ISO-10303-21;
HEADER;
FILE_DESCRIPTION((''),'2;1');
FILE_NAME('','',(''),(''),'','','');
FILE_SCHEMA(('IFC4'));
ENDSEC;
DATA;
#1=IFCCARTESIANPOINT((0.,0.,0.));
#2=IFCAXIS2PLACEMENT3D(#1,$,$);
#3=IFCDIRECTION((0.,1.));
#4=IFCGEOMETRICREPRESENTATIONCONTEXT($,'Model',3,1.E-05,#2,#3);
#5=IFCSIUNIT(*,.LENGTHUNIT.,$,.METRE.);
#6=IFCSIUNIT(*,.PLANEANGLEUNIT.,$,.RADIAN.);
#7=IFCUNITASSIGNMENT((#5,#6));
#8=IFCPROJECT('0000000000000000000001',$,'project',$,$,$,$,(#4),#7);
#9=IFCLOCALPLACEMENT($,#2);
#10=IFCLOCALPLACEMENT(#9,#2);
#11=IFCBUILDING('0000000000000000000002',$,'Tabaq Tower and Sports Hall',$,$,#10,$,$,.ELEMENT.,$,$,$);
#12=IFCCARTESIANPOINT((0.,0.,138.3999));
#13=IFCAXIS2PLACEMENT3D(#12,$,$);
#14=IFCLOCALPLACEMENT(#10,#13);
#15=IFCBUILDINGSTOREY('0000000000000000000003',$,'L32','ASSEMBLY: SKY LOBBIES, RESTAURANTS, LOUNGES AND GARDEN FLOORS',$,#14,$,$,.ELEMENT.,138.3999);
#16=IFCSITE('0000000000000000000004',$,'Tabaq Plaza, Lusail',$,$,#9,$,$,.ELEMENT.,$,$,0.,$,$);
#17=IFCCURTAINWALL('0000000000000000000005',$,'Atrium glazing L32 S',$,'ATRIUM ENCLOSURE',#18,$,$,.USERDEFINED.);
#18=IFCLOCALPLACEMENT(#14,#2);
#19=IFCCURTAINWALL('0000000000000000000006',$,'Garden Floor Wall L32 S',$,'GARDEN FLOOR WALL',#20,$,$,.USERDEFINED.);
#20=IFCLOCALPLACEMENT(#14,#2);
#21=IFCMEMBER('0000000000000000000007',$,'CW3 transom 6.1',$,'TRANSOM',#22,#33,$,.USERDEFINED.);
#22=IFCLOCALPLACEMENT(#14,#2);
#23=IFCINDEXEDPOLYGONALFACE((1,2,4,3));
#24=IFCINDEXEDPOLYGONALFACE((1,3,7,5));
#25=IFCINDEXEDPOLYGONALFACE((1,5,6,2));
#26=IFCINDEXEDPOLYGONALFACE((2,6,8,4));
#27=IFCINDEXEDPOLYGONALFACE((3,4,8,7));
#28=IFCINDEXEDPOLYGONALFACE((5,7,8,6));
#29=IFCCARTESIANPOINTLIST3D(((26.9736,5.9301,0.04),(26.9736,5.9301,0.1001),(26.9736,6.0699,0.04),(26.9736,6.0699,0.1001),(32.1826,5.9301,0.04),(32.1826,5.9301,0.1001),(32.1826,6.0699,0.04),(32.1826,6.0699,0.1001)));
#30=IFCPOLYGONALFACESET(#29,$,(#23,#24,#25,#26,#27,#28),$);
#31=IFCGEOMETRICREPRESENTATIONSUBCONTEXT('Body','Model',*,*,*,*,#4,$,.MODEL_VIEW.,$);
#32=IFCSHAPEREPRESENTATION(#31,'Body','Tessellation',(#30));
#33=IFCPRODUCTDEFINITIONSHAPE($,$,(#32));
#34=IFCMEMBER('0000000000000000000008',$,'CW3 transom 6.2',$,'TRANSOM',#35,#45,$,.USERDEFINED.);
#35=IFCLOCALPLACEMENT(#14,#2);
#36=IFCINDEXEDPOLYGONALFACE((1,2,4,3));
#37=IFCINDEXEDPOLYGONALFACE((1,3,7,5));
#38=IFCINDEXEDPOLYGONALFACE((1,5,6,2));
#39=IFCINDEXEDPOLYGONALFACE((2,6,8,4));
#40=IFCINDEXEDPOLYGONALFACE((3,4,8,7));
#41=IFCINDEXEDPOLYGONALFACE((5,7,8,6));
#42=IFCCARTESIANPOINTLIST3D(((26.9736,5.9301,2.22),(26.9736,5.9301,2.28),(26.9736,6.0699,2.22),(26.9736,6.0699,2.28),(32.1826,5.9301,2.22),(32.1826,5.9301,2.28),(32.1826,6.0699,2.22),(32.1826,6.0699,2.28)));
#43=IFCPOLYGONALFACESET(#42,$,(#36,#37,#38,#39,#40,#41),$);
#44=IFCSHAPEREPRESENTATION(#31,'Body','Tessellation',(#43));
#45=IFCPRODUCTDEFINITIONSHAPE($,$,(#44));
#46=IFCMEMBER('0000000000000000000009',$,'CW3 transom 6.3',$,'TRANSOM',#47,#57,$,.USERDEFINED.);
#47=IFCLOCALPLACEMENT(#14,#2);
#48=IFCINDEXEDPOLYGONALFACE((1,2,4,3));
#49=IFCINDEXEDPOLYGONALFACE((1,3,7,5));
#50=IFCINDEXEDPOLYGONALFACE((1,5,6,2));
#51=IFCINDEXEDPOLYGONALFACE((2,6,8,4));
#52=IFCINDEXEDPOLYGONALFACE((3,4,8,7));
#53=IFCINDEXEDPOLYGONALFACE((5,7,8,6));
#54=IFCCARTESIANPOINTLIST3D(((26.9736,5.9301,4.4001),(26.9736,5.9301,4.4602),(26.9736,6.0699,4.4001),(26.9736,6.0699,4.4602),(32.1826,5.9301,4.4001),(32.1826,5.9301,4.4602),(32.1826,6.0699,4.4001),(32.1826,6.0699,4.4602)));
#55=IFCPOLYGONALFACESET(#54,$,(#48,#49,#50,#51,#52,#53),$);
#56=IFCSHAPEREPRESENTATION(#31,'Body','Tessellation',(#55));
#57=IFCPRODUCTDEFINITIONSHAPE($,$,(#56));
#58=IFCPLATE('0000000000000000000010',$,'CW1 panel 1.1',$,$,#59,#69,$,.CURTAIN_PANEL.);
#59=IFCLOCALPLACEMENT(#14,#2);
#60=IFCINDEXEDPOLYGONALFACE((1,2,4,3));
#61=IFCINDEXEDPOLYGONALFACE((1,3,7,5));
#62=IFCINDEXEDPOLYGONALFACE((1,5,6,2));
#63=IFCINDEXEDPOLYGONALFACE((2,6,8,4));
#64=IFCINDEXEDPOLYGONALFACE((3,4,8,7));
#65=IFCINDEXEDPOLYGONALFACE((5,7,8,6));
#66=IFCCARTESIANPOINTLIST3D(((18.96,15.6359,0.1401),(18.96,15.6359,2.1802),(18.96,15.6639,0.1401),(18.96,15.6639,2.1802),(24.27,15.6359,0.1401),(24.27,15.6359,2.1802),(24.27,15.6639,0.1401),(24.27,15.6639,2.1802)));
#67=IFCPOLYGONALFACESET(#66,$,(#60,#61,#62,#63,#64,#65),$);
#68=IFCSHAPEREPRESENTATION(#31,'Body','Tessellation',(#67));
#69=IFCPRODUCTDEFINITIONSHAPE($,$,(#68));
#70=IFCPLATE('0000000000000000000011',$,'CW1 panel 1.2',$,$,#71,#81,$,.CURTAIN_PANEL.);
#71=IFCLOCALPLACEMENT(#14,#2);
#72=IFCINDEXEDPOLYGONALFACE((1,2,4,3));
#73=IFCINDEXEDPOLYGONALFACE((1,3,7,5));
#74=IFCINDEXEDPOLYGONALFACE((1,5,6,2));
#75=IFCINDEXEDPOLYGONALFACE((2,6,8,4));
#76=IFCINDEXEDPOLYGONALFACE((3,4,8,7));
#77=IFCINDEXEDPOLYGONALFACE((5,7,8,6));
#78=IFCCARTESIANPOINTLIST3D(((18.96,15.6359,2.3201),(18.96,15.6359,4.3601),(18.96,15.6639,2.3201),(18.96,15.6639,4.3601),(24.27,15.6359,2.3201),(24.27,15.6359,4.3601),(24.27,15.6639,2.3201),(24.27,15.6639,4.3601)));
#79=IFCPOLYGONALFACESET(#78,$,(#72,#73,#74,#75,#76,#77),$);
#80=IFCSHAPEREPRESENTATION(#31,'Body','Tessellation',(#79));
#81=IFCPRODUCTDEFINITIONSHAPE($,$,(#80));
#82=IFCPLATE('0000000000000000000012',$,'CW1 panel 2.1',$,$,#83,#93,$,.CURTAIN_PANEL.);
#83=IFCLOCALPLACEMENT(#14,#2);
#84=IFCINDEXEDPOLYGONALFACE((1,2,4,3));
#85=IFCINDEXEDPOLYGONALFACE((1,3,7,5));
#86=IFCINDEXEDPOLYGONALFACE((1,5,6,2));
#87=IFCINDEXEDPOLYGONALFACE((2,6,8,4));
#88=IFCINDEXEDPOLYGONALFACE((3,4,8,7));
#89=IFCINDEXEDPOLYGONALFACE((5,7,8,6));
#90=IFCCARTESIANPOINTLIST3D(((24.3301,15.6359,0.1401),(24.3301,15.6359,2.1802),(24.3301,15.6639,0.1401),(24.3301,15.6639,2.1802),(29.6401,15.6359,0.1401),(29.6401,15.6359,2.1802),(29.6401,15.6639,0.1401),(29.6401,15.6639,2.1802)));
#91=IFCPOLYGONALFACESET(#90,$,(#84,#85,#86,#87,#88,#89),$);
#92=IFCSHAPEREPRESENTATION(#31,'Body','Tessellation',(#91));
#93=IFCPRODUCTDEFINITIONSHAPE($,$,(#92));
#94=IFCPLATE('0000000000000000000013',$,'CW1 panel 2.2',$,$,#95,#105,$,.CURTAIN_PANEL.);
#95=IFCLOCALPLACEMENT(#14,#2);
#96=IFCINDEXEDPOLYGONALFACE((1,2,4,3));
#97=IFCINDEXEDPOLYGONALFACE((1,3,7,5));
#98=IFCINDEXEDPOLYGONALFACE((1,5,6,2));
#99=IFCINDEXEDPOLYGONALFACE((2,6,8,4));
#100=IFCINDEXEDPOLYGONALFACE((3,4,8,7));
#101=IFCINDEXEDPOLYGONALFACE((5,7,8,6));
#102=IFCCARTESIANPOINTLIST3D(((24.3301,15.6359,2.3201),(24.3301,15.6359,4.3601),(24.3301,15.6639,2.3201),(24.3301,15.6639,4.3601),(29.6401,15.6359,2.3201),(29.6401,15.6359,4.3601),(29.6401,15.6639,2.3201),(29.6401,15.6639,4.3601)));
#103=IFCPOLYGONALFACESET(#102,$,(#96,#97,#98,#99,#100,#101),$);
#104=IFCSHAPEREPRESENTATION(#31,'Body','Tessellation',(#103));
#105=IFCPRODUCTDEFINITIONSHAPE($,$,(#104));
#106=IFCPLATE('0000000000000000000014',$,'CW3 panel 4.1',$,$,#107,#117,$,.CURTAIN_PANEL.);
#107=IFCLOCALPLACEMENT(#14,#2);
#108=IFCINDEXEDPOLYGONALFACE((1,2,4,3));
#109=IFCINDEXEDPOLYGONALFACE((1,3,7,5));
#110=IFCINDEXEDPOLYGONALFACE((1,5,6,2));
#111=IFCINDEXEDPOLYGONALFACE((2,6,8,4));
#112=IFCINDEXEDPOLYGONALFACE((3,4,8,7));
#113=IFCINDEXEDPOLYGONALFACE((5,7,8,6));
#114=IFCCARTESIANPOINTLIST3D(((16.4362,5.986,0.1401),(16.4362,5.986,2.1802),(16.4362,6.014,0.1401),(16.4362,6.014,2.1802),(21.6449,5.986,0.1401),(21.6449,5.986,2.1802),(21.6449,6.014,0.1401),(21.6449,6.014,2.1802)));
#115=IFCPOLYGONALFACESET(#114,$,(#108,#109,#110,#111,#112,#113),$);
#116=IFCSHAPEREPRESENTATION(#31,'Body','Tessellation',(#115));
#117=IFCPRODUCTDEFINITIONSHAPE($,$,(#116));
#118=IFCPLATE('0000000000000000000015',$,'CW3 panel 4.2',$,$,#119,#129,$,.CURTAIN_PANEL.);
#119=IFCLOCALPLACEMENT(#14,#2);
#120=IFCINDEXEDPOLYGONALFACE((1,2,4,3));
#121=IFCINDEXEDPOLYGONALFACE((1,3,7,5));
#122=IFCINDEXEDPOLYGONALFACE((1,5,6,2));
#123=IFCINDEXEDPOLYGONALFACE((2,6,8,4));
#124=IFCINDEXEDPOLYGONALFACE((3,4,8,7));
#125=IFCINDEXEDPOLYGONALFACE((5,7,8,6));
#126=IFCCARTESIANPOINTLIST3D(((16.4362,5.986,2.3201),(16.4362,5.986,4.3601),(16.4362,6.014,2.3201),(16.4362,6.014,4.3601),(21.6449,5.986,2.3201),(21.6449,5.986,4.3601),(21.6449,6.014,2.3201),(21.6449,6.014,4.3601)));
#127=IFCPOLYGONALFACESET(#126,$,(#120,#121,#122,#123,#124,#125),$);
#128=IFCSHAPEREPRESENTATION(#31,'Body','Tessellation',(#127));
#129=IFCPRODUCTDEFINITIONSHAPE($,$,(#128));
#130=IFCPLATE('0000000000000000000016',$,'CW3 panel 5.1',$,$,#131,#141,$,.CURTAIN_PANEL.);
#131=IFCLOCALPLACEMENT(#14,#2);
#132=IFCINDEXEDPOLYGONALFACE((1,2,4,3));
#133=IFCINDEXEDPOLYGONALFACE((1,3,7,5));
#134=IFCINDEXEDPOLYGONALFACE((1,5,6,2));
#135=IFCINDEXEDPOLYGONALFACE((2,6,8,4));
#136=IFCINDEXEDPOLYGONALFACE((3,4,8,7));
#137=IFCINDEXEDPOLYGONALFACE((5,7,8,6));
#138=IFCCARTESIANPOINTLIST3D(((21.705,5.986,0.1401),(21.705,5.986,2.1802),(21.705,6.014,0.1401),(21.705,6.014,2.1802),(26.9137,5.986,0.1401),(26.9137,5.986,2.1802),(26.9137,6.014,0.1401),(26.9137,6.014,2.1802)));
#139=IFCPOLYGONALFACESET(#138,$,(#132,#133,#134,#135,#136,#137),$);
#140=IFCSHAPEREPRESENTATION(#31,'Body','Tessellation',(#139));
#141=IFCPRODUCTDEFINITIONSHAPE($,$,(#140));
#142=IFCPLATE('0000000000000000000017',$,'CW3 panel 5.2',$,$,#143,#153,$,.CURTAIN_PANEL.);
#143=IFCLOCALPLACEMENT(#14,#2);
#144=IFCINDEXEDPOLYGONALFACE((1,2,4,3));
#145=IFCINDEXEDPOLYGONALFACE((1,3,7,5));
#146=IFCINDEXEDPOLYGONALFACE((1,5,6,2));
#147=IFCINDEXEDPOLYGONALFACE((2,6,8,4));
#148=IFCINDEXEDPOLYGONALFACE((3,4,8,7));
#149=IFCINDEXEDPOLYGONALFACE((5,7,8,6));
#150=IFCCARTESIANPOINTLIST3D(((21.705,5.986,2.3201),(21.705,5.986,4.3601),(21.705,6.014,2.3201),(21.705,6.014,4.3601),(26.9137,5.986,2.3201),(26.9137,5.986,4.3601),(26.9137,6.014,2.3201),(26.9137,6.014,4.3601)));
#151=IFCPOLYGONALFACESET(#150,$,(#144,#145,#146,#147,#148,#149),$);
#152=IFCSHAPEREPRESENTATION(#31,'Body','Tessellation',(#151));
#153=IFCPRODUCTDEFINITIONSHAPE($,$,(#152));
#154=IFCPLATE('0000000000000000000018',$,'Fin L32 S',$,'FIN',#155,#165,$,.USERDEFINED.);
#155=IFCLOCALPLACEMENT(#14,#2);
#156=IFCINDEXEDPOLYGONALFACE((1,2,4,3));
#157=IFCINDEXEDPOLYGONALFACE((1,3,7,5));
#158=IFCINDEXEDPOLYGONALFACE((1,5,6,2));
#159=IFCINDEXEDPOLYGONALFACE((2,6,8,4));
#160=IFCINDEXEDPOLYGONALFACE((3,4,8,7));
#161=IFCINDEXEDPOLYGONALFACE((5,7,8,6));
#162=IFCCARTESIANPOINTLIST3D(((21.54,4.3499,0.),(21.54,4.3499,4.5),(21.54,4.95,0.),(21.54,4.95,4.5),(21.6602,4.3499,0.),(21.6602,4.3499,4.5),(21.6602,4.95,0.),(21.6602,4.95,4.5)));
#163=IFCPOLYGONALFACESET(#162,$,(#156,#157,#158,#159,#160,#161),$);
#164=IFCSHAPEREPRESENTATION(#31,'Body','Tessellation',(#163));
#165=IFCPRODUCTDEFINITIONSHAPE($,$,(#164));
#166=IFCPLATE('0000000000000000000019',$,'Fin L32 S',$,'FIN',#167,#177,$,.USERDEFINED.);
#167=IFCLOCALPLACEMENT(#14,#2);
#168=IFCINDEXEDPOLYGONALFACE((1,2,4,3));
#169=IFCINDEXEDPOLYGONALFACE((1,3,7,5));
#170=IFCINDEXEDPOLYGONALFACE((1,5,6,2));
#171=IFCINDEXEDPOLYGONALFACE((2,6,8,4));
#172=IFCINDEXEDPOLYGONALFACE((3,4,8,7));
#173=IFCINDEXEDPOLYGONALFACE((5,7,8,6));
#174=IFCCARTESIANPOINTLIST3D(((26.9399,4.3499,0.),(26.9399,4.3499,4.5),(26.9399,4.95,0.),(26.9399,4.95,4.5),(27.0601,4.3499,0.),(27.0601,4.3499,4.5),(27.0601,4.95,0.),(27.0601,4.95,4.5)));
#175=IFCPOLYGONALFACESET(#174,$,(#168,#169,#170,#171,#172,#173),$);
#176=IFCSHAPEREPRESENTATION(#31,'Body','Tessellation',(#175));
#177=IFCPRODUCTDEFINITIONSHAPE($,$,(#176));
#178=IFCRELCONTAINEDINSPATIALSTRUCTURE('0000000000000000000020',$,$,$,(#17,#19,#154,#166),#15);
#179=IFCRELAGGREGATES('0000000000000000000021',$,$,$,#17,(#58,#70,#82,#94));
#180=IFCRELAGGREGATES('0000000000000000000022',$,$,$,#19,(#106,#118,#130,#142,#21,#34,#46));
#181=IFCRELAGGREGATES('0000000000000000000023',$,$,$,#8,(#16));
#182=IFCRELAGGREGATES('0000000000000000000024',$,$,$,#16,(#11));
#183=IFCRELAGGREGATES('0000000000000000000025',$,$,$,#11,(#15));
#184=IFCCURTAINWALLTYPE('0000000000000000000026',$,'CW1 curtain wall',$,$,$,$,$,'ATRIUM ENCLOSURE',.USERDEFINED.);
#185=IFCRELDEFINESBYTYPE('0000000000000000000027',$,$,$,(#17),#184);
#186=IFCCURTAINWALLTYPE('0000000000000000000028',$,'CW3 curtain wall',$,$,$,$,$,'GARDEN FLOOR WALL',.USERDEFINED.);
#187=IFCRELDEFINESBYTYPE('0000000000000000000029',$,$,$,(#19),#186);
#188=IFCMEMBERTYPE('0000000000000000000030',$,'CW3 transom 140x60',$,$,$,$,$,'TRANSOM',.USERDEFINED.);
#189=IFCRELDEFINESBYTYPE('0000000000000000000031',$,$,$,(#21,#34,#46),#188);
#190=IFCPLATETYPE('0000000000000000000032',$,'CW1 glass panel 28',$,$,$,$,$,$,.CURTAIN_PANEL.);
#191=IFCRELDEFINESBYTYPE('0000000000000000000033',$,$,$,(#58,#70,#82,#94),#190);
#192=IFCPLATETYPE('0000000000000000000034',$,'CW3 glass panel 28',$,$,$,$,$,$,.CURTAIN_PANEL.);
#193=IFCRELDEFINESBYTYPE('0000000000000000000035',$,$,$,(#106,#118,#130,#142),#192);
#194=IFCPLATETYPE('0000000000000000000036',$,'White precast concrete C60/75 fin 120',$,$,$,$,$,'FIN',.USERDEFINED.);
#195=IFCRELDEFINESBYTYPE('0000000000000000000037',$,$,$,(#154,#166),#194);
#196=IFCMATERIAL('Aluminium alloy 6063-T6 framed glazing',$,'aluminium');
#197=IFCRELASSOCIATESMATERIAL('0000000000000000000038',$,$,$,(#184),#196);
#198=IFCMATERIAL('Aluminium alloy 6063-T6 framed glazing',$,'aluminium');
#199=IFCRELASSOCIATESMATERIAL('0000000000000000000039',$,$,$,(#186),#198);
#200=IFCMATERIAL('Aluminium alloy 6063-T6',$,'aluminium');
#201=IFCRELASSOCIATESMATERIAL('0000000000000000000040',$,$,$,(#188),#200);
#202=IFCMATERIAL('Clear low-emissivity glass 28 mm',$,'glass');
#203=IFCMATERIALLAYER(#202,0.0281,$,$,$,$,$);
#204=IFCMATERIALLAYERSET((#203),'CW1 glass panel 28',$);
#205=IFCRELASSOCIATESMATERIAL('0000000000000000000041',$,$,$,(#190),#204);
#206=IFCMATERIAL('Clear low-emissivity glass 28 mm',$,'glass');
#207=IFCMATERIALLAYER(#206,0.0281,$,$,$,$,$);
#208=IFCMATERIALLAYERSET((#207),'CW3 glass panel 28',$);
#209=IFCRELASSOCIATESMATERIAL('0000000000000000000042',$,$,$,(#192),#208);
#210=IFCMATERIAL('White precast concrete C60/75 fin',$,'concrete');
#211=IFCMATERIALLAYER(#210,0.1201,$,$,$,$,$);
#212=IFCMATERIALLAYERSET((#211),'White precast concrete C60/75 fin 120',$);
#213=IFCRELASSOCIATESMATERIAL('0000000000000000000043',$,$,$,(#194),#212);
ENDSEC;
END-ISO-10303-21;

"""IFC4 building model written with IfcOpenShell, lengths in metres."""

from ifc_helpers import new_model, si_unit, direction, frame, origin, origin_2d, place, context, subcontext, project, spatial, rectangle, extrude, material, layer, layer_set, material_profile, profile_set, type_object, element, aggregate, save


model = new_model("IFC4")

# Units and contexts
model_context = context("Model", 3, precision=1e-05, world=origin(), true_north=direction((0.0, 1.0)))
body_context = subcontext(model_context, "Body", "Model", "MODEL_VIEW")
ifc_project = project(units=[si_unit("LENGTHUNIT", "METRE"), si_unit("PLANEANGLEUNIT", "RADIAN")], contexts=[model_context])

# Site, building, storey
site_placement = place(None, origin())
site = spatial("IfcSite", under=ifc_project, at=site_placement, Name="Tabaq Plaza, Lusail", CompositionType="ELEMENT", RefElevation=0.0)
building_placement = place(site_placement, origin())
building = spatial("IfcBuilding", under=site, at=building_placement, Name="Tabaq Tower and Sports Hall", CompositionType="ELEMENT")
storey_placement = place(building_placement, frame((0.0, 0.0, 138.3999)))
storey = spatial("IfcBuildingStorey", under=building, at=storey_placement, Name="L32", Description="ASSEMBLY: SKY LOBBIES, RESTAURANTS, LOUNGES AND GARDEN FLOORS", CompositionType="ELEMENT", Elevation=138.3999)

# Curtain walls, members
ifc_material_1 = material(Name="Aluminium alloy 6063-T6 framed glazing", Category="aluminium")
curtain_wall_type_1 = type_object("IfcCurtainWallType", Name="CW1 curtain wall", ElementType="ATRIUM ENCLOSURE", PredefinedType="USERDEFINED", material=ifc_material_1)
curtain_wall_1_placement = place(storey_placement, origin())
curtain_wall_1 = element("IfcCurtainWall", 1, at=curtain_wall_1_placement, inside=storey, type_object=curtain_wall_type_1, Name="Atrium glazing L32 S", ObjectType="ATRIUM ENCLOSURE", PredefinedType="USERDEFINED")
ifc_material_2 = material(Name="Aluminium alloy 6063-T6 framed glazing", Category="aluminium")
curtain_wall_type_2 = type_object("IfcCurtainWallType", Name="CW3 curtain wall", ElementType="GARDEN FLOOR WALL", PredefinedType="USERDEFINED", material=ifc_material_2)
curtain_wall_2_placement = place(storey_placement, origin())
curtain_wall_2 = element("IfcCurtainWall", 2, at=curtain_wall_2_placement, inside=storey, type_object=curtain_wall_type_2, Name="Garden Floor Wall L32 S", ObjectType="GARDEN FLOOR WALL", PredefinedType="USERDEFINED")
ifc_material_3 = material(Name="Aluminium alloy 6063-T6", Category="aluminium")
ifc_material_profile_1 = material_profile(ifc_material_3, rectangle(XDim=0.1399, YDim=0.0601, at=origin_2d()), Name="TRANSOM 140x60")
ifc_profile_set_1 = profile_set([ifc_material_profile_1], Name="Aluminium alloy 6063-T6")
member_type_1 = type_object("IfcMemberType", Name="CW3 transom 140x60", ElementType="TRANSOM", PredefinedType="USERDEFINED", material=ifc_profile_set_1)
member_1_placement = place(storey_placement, frame((26.9736, 6.0, 0.0701), z_axis=(1.0, 0.0, 0.0), x_axis=(0.0, 1.0, 0.0)))
member_1 = element("IfcMember", 3, at=member_1_placement, type_object=member_type_1, Name="CW3 transom 6.1", ObjectType="TRANSOM", PredefinedType="USERDEFINED", context=body_context, shape_type="SweptSolid", body=[
    extrude(rectangle(XDim=0.1399, YDim=0.0601, at=origin_2d()), origin(), (0.0, 0.0, 1.0), 5.209),
])
member_2_placement = place(storey_placement, frame((26.9736, 6.0, 2.25), z_axis=(1.0, 0.0, 0.0), x_axis=(0.0, 1.0, 0.0)))
member_2 = element("IfcMember", 4, at=member_2_placement, type_object=member_type_1, Name="CW3 transom 6.2", ObjectType="TRANSOM", PredefinedType="USERDEFINED", context=body_context, shape_type="SweptSolid", body=[
    extrude(rectangle(XDim=0.1399, YDim=0.0601, at=origin_2d()), origin(), (0.0, 0.0, 1.0), 5.209),
])
member_3_placement = place(storey_placement, frame((26.9736, 6.0, 4.4302), z_axis=(1.0, 0.0, 0.0), x_axis=(0.0, 1.0, 0.0)))
member_3 = element("IfcMember", 5, at=member_3_placement, type_object=member_type_1, Name="CW3 transom 6.3", ObjectType="TRANSOM", PredefinedType="USERDEFINED", context=body_context, shape_type="SweptSolid", body=[
    extrude(rectangle(XDim=0.1399, YDim=0.0601, at=origin_2d()), origin(), (0.0, 0.0, 1.0), 5.209),
])

# Plates
ifc_material_4 = material(Name="Clear low-emissivity glass 28 mm", Category="glass")
ifc_layer_1 = layer(ifc_material_4, 0.0281)
ifc_layer_set_1 = layer_set([ifc_layer_1], Name="CW1 glass panel 28")
plate_type_1 = type_object("IfcPlateType", Name="CW1 glass panel 28", PredefinedType="CURTAIN_PANEL", material=ifc_layer_set_1)
plate_1_placement = place(storey_placement, frame((21.615, 15.6499, 0.1401), z_axis=(0.0, 0.0, 1.0), x_axis=(1.0, 0.0, 0.0)))
plate_1 = element("IfcPlate", 6, at=plate_1_placement, type_object=plate_type_1, Name="CW1 panel 1.1", PredefinedType="CURTAIN_PANEL", context=body_context, shape_type="SweptSolid", body=[
    extrude(rectangle(XDim=5.3101, YDim=0.0281, at=origin_2d()), origin(), (0.0, 0.0, 1.0), 2.04),
])
plate_2_placement = place(storey_placement, frame((21.615, 15.6499, 2.3201), z_axis=(0.0, 0.0, 1.0), x_axis=(1.0, 0.0, 0.0)))
plate_2 = element("IfcPlate", 7, at=plate_2_placement, type_object=plate_type_1, Name="CW1 panel 1.2", PredefinedType="CURTAIN_PANEL", context=body_context, shape_type="SweptSolid", body=[
    extrude(rectangle(XDim=5.3101, YDim=0.0281, at=origin_2d()), origin(), (0.0, 0.0, 1.0), 2.04),
])
plate_3_placement = place(storey_placement, frame((26.9851, 15.6499, 0.1401), z_axis=(0.0, 0.0, 1.0), x_axis=(1.0, 0.0, 0.0)))
plate_3 = element("IfcPlate", 8, at=plate_3_placement, type_object=plate_type_1, Name="CW1 panel 2.1", PredefinedType="CURTAIN_PANEL", context=body_context, shape_type="SweptSolid", body=[
    extrude(rectangle(XDim=5.3101, YDim=0.0281, at=origin_2d()), origin(), (0.0, 0.0, 1.0), 2.04),
])
plate_4_placement = place(storey_placement, frame((26.9851, 15.6499, 2.3201), z_axis=(0.0, 0.0, 1.0), x_axis=(1.0, 0.0, 0.0)))
plate_4 = element("IfcPlate", 9, at=plate_4_placement, type_object=plate_type_1, Name="CW1 panel 2.2", PredefinedType="CURTAIN_PANEL", context=body_context, shape_type="SweptSolid", body=[
    extrude(rectangle(XDim=5.3101, YDim=0.0281, at=origin_2d()), origin(), (0.0, 0.0, 1.0), 2.04),
])
aggregate(curtain_wall_1, [plate_1, plate_2, plate_3, plate_4])
ifc_material_5 = material(Name="Clear low-emissivity glass 28 mm", Category="glass")
ifc_layer_2 = layer(ifc_material_5, 0.0281)
ifc_layer_set_2 = layer_set([ifc_layer_2], Name="CW3 glass panel 28")
plate_type_2 = type_object("IfcPlateType", Name="CW3 glass panel 28", PredefinedType="CURTAIN_PANEL", material=ifc_layer_set_2)
plate_5_placement = place(storey_placement, frame((19.0405, 6.0, 0.1401), z_axis=(0.0, 0.0, 1.0), x_axis=(1.0, 0.0, 0.0)))
plate_5 = element("IfcPlate", 10, at=plate_5_placement, type_object=plate_type_2, Name="CW3 panel 4.1", PredefinedType="CURTAIN_PANEL", context=body_context, shape_type="SweptSolid", body=[
    extrude(rectangle(XDim=5.2087, YDim=0.0281, at=origin_2d()), origin(), (0.0, 0.0, 1.0), 2.04),
])
plate_6_placement = place(storey_placement, frame((19.0405, 6.0, 2.3201), z_axis=(0.0, 0.0, 1.0), x_axis=(1.0, 0.0, 0.0)))
plate_6 = element("IfcPlate", 11, at=plate_6_placement, type_object=plate_type_2, Name="CW3 panel 4.2", PredefinedType="CURTAIN_PANEL", context=body_context, shape_type="SweptSolid", body=[
    extrude(rectangle(XDim=5.2087, YDim=0.0281, at=origin_2d()), origin(), (0.0, 0.0, 1.0), 2.04),
])
plate_7_placement = place(storey_placement, frame((24.3093, 6.0, 0.1401), z_axis=(0.0, 0.0, 1.0), x_axis=(1.0, 0.0, 0.0)))
plate_7 = element("IfcPlate", 12, at=plate_7_placement, type_object=plate_type_2, Name="CW3 panel 5.1", PredefinedType="CURTAIN_PANEL", context=body_context, shape_type="SweptSolid", body=[
    extrude(rectangle(XDim=5.2087, YDim=0.0281, at=origin_2d()), origin(), (0.0, 0.0, 1.0), 2.04),
])
plate_8_placement = place(storey_placement, frame((24.3093, 6.0, 2.3201), z_axis=(0.0, 0.0, 1.0), x_axis=(1.0, 0.0, 0.0)))
plate_8 = element("IfcPlate", 13, at=plate_8_placement, type_object=plate_type_2, Name="CW3 panel 5.2", PredefinedType="CURTAIN_PANEL", context=body_context, shape_type="SweptSolid", body=[
    extrude(rectangle(XDim=5.2087, YDim=0.0281, at=origin_2d()), origin(), (0.0, 0.0, 1.0), 2.04),
])
aggregate(curtain_wall_2, [plate_5, plate_6, plate_7, plate_8, member_1, member_2, member_3])

# Plates
ifc_material_6 = material(Name="White precast concrete C60/75 fin", Category="concrete")
ifc_layer_3 = layer(ifc_material_6, 0.1201)
ifc_layer_set_3 = layer_set([ifc_layer_3], Name="White precast concrete C60/75 fin 120")
plate_type_3 = type_object("IfcPlateType", Name="White precast concrete C60/75 fin 120", ElementType="FIN", PredefinedType="USERDEFINED", material=ifc_layer_set_3)
for number, where, z_axis, x_axis, name in (
    (14, (21.6001, 4.6499, 0.0), (0.0, 0.0, 1.0), (1.0, 0.0, 0.0), "Fin L32 S"),
    (15, (27.0, 4.6499, 0.0), (0.0, 0.0, 1.0), (1.0, 0.0, 0.0), "Fin L32 S"),
):
    element("IfcPlate", number, at=place(storey_placement, frame(where, z_axis=z_axis, x_axis=x_axis)), inside=storey, type_object=plate_type_3, Name=name, ObjectType="FIN", PredefinedType="USERDEFINED", context=body_context, shape_type="SweptSolid", body=[
        extrude(rectangle(XDim=0.1201, YDim=0.6001, at=origin_2d()), origin(), (0.0, 0.0, 1.0), 4.5),
    ])

save(model, "model.ifc")
